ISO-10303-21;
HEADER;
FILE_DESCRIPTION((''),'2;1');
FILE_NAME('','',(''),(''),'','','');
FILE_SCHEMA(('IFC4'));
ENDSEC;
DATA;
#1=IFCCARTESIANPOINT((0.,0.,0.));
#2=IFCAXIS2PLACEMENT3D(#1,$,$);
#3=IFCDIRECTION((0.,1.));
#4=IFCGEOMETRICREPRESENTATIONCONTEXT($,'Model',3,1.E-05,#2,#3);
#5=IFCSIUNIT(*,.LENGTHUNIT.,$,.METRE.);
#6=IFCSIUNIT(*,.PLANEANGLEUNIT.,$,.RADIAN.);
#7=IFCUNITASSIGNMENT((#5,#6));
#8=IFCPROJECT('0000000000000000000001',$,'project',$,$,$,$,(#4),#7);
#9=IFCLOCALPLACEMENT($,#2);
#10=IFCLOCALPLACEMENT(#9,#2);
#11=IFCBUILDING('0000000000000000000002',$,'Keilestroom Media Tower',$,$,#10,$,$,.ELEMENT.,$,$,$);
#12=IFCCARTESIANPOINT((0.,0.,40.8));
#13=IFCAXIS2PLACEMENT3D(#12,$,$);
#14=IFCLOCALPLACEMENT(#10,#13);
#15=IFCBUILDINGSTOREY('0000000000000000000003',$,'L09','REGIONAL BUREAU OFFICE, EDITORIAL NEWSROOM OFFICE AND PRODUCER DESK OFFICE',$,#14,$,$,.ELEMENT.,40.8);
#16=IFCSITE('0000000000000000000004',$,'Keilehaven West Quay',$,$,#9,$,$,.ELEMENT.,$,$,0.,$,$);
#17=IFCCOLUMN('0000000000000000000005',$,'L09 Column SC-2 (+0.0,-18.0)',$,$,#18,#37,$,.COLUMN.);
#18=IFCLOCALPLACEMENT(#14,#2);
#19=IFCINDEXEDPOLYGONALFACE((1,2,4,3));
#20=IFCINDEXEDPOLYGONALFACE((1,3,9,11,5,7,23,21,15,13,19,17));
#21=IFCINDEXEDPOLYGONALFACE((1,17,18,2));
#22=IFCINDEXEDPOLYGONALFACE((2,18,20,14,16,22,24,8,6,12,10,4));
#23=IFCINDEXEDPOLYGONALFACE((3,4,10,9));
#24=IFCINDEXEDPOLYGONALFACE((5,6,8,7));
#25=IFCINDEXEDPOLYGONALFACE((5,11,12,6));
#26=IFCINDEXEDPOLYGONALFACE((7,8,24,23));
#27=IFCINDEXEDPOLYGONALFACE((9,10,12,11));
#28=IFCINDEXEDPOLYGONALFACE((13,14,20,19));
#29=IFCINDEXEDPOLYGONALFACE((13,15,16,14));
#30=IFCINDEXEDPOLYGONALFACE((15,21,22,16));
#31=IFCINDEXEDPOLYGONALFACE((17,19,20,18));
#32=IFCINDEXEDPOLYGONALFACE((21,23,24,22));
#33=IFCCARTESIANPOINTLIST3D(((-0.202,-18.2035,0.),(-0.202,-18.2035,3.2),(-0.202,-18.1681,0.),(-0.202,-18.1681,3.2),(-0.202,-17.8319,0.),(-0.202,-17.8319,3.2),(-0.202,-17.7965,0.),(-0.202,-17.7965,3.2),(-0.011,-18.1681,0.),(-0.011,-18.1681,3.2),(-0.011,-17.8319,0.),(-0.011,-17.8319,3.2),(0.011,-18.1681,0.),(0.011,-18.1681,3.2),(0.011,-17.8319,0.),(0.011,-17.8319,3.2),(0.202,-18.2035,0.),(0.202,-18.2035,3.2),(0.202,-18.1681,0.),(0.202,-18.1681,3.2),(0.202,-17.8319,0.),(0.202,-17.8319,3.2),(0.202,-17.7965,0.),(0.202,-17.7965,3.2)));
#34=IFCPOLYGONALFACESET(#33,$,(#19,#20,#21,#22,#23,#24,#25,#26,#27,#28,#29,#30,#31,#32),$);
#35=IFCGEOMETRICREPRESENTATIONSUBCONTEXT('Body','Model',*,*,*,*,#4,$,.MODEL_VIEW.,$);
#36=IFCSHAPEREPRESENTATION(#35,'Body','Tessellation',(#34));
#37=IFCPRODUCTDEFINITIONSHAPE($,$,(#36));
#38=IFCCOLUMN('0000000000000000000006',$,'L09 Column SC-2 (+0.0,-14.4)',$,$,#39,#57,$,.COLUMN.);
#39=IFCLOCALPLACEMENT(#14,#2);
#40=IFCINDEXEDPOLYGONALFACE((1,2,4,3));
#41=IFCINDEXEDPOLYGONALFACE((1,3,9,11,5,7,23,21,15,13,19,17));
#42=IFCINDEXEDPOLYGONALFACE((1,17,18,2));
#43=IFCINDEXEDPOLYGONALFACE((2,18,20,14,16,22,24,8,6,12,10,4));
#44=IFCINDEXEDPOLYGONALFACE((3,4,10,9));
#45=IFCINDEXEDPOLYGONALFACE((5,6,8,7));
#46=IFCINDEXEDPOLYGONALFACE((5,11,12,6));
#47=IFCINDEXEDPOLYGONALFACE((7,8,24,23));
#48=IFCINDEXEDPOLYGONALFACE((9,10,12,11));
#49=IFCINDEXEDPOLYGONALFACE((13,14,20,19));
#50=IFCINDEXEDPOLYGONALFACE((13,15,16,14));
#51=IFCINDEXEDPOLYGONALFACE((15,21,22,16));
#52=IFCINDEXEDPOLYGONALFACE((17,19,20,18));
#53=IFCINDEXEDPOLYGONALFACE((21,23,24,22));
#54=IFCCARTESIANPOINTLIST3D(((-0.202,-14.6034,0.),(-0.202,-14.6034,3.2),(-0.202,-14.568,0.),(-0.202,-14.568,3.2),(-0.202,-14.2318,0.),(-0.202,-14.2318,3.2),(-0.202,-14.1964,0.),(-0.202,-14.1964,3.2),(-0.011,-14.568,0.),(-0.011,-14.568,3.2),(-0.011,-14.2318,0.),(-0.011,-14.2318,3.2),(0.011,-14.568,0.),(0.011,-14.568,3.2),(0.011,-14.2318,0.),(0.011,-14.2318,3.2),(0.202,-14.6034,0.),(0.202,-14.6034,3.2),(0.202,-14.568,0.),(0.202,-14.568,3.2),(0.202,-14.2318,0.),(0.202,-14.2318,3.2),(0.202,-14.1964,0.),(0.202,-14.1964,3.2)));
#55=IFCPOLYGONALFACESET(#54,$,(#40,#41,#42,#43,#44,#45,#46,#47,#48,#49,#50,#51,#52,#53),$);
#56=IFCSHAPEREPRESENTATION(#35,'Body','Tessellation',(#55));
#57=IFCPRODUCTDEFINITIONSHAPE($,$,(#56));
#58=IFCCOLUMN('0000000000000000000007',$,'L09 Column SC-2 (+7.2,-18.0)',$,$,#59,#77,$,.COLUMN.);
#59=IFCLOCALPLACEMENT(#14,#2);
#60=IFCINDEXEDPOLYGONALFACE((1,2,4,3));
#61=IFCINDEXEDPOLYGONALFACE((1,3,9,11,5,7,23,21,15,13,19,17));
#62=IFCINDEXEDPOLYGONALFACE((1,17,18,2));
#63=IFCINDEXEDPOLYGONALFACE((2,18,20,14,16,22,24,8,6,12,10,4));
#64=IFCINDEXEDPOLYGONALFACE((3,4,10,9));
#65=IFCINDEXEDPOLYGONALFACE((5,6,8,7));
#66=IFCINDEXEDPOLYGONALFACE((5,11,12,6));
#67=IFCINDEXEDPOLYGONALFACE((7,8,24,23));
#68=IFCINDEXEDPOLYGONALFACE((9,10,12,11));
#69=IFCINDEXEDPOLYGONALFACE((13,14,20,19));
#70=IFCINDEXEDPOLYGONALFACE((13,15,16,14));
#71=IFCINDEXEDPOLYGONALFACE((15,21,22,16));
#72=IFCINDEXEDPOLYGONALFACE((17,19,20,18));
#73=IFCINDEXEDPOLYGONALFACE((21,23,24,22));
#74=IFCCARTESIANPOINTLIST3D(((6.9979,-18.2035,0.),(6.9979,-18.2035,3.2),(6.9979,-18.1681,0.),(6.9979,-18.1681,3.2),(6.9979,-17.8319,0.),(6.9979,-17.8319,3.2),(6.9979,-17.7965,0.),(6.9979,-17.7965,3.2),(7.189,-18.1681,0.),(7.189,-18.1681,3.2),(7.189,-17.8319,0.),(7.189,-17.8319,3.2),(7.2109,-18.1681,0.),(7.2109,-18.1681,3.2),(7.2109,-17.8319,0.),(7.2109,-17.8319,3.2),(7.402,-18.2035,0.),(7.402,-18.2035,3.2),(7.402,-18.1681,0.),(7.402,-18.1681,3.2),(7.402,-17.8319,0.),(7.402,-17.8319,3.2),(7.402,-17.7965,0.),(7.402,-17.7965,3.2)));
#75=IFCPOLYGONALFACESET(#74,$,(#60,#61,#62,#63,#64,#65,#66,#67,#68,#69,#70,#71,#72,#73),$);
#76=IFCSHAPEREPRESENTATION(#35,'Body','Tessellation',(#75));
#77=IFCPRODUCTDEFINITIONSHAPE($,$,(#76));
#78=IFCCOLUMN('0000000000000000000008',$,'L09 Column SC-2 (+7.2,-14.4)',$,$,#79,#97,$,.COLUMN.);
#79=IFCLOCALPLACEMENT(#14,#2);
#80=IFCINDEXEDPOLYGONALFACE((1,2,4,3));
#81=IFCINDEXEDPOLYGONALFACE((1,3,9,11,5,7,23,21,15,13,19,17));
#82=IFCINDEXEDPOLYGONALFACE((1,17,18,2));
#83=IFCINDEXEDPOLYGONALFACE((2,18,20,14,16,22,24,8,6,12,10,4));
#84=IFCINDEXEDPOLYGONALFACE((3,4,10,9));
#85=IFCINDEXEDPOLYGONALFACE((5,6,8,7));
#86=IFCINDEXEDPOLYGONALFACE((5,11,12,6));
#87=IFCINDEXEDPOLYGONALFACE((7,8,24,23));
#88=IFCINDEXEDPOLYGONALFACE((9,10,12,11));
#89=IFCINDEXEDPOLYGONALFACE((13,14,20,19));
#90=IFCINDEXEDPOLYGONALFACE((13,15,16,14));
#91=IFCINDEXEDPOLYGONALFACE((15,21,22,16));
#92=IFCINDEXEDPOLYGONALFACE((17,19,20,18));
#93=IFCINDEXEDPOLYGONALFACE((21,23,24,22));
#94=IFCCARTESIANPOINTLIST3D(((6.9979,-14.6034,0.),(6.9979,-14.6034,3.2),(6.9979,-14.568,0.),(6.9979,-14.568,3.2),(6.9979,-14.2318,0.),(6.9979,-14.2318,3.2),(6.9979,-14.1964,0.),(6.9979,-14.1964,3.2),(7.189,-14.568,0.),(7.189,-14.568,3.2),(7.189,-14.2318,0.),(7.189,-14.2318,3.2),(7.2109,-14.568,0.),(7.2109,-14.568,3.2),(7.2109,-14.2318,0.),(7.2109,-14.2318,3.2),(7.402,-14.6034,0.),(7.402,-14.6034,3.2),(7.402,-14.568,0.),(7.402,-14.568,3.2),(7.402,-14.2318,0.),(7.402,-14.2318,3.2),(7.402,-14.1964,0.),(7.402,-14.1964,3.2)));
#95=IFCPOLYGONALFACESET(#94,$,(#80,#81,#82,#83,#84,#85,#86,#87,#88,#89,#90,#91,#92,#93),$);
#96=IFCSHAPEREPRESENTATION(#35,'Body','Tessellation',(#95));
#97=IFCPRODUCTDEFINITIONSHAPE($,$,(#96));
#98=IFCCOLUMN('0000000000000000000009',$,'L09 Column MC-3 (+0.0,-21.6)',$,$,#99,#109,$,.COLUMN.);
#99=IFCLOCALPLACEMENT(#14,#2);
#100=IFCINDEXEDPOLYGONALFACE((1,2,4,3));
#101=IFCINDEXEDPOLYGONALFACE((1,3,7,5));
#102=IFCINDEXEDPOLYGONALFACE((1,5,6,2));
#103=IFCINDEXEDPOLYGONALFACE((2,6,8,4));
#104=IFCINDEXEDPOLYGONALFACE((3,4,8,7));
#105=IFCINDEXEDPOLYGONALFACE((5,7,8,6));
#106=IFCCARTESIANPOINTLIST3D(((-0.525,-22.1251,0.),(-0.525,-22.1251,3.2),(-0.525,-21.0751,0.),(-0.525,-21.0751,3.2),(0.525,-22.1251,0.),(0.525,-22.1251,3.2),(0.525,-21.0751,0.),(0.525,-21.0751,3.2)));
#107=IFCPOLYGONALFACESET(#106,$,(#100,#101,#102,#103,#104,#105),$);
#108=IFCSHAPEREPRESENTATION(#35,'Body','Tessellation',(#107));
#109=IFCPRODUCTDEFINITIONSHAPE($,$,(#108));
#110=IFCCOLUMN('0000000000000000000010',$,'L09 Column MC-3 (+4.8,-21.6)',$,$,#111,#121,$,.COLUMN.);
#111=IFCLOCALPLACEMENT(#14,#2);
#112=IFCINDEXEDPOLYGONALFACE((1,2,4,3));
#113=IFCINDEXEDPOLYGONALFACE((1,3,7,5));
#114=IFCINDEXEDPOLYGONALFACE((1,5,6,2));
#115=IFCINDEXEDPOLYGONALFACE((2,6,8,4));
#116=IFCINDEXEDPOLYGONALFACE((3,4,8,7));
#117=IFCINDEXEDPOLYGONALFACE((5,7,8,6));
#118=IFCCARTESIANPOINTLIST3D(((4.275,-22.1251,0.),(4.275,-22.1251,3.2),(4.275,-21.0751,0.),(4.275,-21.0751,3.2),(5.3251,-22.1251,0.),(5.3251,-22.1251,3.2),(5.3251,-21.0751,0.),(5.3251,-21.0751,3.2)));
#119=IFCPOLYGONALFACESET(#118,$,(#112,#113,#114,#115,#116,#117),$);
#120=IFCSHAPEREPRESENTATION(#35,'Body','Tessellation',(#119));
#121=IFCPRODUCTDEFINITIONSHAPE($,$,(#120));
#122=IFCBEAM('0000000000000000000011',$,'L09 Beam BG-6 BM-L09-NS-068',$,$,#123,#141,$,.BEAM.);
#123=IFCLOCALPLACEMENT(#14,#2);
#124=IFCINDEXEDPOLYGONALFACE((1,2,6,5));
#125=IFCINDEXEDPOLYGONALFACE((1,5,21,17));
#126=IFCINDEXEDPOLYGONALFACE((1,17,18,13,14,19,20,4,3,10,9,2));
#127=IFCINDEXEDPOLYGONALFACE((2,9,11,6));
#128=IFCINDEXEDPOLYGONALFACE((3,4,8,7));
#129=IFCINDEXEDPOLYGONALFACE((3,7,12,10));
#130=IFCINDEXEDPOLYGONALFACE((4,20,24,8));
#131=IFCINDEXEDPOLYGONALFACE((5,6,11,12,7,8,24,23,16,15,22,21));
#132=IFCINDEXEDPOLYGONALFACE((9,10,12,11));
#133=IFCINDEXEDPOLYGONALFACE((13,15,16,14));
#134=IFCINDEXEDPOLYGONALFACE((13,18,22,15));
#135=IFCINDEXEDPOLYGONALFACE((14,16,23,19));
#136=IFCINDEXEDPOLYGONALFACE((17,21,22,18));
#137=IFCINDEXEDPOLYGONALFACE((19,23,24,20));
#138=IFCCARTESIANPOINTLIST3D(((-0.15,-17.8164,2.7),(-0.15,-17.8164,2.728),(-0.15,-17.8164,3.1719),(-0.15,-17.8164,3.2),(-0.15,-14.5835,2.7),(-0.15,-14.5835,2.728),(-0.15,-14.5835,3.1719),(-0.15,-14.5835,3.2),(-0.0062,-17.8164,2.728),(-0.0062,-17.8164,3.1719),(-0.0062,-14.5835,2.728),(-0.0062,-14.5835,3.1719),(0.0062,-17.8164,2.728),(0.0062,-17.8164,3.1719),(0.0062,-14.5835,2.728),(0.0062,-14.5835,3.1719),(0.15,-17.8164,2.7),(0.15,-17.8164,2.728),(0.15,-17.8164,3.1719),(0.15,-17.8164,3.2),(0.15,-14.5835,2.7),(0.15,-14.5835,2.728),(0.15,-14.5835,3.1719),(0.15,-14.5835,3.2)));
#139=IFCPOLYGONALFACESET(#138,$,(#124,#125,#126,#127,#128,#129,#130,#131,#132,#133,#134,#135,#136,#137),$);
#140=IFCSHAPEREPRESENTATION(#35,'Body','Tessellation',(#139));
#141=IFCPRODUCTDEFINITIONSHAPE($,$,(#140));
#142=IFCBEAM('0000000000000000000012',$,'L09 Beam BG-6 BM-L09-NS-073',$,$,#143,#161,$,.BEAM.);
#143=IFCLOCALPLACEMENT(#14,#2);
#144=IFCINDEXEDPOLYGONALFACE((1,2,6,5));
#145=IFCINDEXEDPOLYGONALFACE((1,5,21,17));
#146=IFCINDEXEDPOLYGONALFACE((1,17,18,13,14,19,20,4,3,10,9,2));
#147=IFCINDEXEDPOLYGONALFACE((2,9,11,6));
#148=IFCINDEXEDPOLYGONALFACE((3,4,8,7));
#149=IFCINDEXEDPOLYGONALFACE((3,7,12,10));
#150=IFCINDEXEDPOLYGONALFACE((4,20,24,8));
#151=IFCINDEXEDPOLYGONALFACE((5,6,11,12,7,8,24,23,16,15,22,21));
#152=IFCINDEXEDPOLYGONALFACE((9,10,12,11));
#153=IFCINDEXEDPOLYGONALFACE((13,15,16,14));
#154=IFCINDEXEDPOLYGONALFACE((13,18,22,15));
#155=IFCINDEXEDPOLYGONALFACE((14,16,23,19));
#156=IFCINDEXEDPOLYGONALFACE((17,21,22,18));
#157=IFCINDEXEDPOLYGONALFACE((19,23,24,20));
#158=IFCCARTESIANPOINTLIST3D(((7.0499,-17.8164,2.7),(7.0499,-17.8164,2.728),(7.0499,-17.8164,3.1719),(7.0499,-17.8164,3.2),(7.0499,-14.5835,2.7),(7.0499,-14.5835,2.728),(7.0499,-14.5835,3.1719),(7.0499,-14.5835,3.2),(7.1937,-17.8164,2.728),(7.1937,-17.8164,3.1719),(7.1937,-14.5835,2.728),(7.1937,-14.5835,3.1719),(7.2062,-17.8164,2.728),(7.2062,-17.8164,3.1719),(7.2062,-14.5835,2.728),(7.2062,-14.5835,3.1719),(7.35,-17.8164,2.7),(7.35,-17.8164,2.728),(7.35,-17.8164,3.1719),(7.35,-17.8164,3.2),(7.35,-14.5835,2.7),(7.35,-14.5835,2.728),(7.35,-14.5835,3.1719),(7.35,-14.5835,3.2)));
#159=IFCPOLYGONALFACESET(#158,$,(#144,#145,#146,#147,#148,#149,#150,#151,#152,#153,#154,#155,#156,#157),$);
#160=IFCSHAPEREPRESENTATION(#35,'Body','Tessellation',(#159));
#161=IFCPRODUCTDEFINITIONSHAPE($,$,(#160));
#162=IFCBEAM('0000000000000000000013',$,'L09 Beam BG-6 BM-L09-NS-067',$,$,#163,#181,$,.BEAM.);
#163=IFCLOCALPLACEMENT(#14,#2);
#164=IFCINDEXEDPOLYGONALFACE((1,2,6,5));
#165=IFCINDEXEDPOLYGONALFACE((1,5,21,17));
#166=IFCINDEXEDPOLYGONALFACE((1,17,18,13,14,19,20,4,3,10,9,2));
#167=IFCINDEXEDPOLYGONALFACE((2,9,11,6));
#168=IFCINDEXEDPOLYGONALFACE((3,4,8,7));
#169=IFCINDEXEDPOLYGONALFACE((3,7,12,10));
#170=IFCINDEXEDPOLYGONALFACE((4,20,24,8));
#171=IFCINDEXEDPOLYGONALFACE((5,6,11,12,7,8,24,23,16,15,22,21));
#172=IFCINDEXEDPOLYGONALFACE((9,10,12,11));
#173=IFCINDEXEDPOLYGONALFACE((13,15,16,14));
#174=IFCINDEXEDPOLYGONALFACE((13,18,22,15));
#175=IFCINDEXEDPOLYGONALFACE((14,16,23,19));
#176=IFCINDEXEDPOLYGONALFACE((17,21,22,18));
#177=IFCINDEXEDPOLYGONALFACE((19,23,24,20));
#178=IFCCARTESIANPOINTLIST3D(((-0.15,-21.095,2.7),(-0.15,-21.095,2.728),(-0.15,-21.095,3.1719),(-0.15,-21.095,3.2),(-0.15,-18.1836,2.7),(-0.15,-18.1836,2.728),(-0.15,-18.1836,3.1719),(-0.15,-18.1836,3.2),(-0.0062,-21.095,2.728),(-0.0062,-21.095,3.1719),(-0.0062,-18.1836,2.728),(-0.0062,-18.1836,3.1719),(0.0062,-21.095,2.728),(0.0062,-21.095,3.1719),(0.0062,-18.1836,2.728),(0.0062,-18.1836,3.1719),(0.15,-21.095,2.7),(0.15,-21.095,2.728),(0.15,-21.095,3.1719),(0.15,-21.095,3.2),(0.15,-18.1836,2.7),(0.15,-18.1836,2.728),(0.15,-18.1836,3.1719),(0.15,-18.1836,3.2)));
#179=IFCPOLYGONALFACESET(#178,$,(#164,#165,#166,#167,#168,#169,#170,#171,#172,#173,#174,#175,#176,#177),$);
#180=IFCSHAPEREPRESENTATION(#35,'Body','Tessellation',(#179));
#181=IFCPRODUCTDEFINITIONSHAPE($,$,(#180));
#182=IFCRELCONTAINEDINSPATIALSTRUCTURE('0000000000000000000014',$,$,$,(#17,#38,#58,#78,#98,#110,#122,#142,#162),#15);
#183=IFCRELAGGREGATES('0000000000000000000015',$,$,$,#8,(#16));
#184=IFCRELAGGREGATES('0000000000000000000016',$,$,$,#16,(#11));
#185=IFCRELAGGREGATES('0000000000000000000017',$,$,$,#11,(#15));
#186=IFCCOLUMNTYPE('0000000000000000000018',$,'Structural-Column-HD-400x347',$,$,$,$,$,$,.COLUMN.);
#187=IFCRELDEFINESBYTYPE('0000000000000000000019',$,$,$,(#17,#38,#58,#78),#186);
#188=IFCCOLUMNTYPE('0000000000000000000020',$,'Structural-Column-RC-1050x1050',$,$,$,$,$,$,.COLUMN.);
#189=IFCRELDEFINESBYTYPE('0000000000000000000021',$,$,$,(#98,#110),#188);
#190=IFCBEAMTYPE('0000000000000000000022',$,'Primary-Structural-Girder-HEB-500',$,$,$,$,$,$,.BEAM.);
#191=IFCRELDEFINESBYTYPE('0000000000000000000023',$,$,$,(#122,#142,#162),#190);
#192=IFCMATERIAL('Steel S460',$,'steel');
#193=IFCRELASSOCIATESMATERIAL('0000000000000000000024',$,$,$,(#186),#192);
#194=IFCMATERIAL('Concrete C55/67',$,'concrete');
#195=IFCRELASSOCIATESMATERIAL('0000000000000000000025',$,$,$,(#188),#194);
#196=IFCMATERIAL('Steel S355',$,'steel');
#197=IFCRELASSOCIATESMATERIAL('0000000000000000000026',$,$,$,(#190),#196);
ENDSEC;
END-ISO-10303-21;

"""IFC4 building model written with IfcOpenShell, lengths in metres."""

from ifc_helpers import new_model, si_unit, direction, frame, origin, origin_2d, place, context, subcontext, project, spatial, rectangle, i_section, extrude, source, transform, mapped, material, material_profile, profile_set, type_object, element, save


model = new_model("IFC4")

# Units and contexts
model_context = context("Model", 3, precision=1e-05, world=origin(), true_north=direction((0.0, 1.0)))
body_context = subcontext(model_context, "Body", "Model", "MODEL_VIEW")
ifc_project = project(units=[si_unit("LENGTHUNIT", "METRE"), si_unit("PLANEANGLEUNIT", "RADIAN")], contexts=[model_context])

# Site, building, storey
site_placement = place(None, origin())
site = spatial("IfcSite", under=ifc_project, at=site_placement, Name="Keilehaven West Quay", CompositionType="ELEMENT", RefElevation=0.0)
building_placement = place(site_placement, origin())
building = spatial("IfcBuilding", under=site, at=building_placement, Name="Keilestroom Media Tower", CompositionType="ELEMENT")
storey_placement = place(building_placement, frame((0.0, 0.0, 40.8)))
storey = spatial("IfcBuildingStorey", under=building, at=storey_placement, Name="L09", Description="REGIONAL BUREAU OFFICE, EDITORIAL NEWSROOM OFFICE AND PRODUCER DESK OFFICE", CompositionType="ELEMENT", Elevation=40.8)

# Columns
ifc_material_1 = material(Name="Steel S460", Category="steel")
ifc_material_profile_1 = material_profile(ifc_material_1, i_section(OverallWidth=0.4041, OverallDepth=0.407, WebThickness=0.022, FlangeThickness=0.0354, at=origin_2d()), Name="HD 400x347")
ifc_profile_set_1 = profile_set([ifc_material_profile_1], Name="Steel S460")
column_type_1 = type_object("IfcColumnType", Name="Structural-Column-HD-400x347", PredefinedType="COLUMN", material=ifc_profile_set_1)
shared_shape_1 = source(origin(), body_context, "Body", "SweptSolid", [
    extrude(i_section(OverallWidth=0.4041, OverallDepth=0.407, WebThickness=0.022, FlangeThickness=0.0354, at=origin_2d()), origin(), (0.0, 0.0, 1.0), 3.2),
])
for number, where, z_axis, x_axis, name in (
    (1, (0.0, -18.0, 0.0), (0.0, 0.0, 1.0), (1.0, 0.0, 0.0), "L09 Column SC-2 (+0.0,-18.0)"),
    (2, (0.0, -14.3999, 0.0), (0.0, 0.0, 1.0), (1.0, 0.0, 0.0), "L09 Column SC-2 (+0.0,-14.4)"),
    (3, (7.2, -18.0, 0.0), (0.0, 0.0, 1.0), (1.0, 0.0, 0.0), "L09 Column SC-2 (+7.2,-18.0)"),
    (4, (7.2, -14.3999, 0.0), (0.0, 0.0, 1.0), (1.0, 0.0, 0.0), "L09 Column SC-2 (+7.2,-14.4)"),
):
    element("IfcColumn", number, at=place(storey_placement, frame(where, z_axis=z_axis, x_axis=x_axis)), inside=storey, type_object=column_type_1, Name=name, PredefinedType="COLUMN", context=body_context, shape_type="MappedRepresentation", body=[
        mapped(shared_shape_1, transform((0.0, 0.0, 0.0), x_axis=(1.0, 0.0, 0.0), y_axis=(0.0, 1.0, 0.0), z_axis=(0.0, 0.0, 1.0), scale=1.0)),
    ])
ifc_material_2 = material(Name="Concrete C55/67", Category="concrete")
ifc_material_profile_2 = material_profile(ifc_material_2, rectangle(XDim=1.05, YDim=1.05, at=origin_2d()), Name="RC 1050x1050")
ifc_profile_set_2 = profile_set([ifc_material_profile_2], Name="Concrete C55/67")
column_type_2 = type_object("IfcColumnType", Name="Structural-Column-RC-1050x1050", PredefinedType="COLUMN", material=ifc_profile_set_2)
shared_shape_2 = source(origin(), body_context, "Body", "SweptSolid", [
    extrude(rectangle(XDim=1.05, YDim=1.05, at=origin_2d()), origin(), (0.0, 0.0, 1.0), 3.2),
])
for number, where, z_axis, x_axis, name in (
    (5, (0.0, -21.6001, 0.0), (0.0, 0.0, 1.0), (1.0, 0.0, 0.0), "L09 Column MC-3 (+0.0,-21.6)"),
    (6, (4.8, -21.6001, 0.0), (0.0, 0.0, 1.0), (1.0, 0.0, 0.0), "L09 Column MC-3 (+4.8,-21.6)"),
):
    element("IfcColumn", number, at=place(storey_placement, frame(where, z_axis=z_axis, x_axis=x_axis)), inside=storey, type_object=column_type_2, Name=name, PredefinedType="COLUMN", context=body_context, shape_type="MappedRepresentation", body=[
        mapped(shared_shape_2, transform((0.0, 0.0, 0.0), x_axis=(1.0, 0.0, 0.0), y_axis=(0.0, 1.0, 0.0), z_axis=(0.0, 0.0, 1.0), scale=1.0)),
    ])

# Beams
ifc_material_3 = material(Name="Steel S355", Category="steel")
ifc_material_profile_3 = material_profile(ifc_material_3, i_section(OverallWidth=0.3, OverallDepth=0.5, WebThickness=0.0125, FlangeThickness=0.0281, at=origin_2d()), Name="HEB 500")
ifc_profile_set_3 = profile_set([ifc_material_profile_3], Name="Steel S355")
beam_type_1 = type_object("IfcBeamType", Name="Primary-Structural-Girder-HEB-500", PredefinedType="BEAM", material=ifc_profile_set_3)
shared_shape_3 = source(origin(), body_context, "Body", "SweptSolid", [
    extrude(i_section(OverallWidth=0.3, OverallDepth=0.5, WebThickness=0.0125, FlangeThickness=0.0281, at=origin_2d()), origin(), (0.0, 0.0, 1.0), 3.2329),
])
for number, where, z_axis, x_axis, name in (
    (7, (0.0, -17.8164, 2.95), (0.0, 1.0, 0.0), (-1.0, 0.0, 0.0), "L09 Beam BG-6 BM-L09-NS-068"),
    (8, (7.2, -17.8164, 2.95), (0.0, 1.0, 0.0), (-1.0, 0.0, 0.0), "L09 Beam BG-6 BM-L09-NS-073"),
):
    element("IfcBeam", number, at=place(storey_placement, frame(where, z_axis=z_axis, x_axis=x_axis)), inside=storey, type_object=beam_type_1, Name=name, PredefinedType="BEAM", context=body_context, shape_type="MappedRepresentation", body=[
        mapped(shared_shape_3, transform((0.0, 0.0, 0.0), x_axis=(1.0, 0.0, 0.0), y_axis=(0.0, 1.0, 0.0), z_axis=(0.0, 0.0, 1.0), scale=1.0)),
    ])
shared_shape_4 = source(origin(), body_context, "Body", "SweptSolid", [
    extrude(i_section(OverallWidth=0.3, OverallDepth=0.5, WebThickness=0.0125, FlangeThickness=0.0281, at=origin_2d()), origin(), (0.0, 0.0, 1.0), 2.9114),
])
beam_1_placement = place(storey_placement, frame((0.0, -21.095, 2.95), z_axis=(0.0, 1.0, 0.0), x_axis=(-1.0, 0.0, 0.0)))
element("IfcBeam", 9, at=beam_1_placement, inside=storey, type_object=beam_type_1, Name="L09 Beam BG-6 BM-L09-NS-067", PredefinedType="BEAM", context=body_context, shape_type="MappedRepresentation", body=[
    mapped(shared_shape_4, transform((0.0, 0.0, 0.0), x_axis=(1.0, 0.0, 0.0), y_axis=(0.0, 1.0, 0.0), z_axis=(0.0, 0.0, 1.0), scale=1.0)),
])

save(model, "model.ifc")
